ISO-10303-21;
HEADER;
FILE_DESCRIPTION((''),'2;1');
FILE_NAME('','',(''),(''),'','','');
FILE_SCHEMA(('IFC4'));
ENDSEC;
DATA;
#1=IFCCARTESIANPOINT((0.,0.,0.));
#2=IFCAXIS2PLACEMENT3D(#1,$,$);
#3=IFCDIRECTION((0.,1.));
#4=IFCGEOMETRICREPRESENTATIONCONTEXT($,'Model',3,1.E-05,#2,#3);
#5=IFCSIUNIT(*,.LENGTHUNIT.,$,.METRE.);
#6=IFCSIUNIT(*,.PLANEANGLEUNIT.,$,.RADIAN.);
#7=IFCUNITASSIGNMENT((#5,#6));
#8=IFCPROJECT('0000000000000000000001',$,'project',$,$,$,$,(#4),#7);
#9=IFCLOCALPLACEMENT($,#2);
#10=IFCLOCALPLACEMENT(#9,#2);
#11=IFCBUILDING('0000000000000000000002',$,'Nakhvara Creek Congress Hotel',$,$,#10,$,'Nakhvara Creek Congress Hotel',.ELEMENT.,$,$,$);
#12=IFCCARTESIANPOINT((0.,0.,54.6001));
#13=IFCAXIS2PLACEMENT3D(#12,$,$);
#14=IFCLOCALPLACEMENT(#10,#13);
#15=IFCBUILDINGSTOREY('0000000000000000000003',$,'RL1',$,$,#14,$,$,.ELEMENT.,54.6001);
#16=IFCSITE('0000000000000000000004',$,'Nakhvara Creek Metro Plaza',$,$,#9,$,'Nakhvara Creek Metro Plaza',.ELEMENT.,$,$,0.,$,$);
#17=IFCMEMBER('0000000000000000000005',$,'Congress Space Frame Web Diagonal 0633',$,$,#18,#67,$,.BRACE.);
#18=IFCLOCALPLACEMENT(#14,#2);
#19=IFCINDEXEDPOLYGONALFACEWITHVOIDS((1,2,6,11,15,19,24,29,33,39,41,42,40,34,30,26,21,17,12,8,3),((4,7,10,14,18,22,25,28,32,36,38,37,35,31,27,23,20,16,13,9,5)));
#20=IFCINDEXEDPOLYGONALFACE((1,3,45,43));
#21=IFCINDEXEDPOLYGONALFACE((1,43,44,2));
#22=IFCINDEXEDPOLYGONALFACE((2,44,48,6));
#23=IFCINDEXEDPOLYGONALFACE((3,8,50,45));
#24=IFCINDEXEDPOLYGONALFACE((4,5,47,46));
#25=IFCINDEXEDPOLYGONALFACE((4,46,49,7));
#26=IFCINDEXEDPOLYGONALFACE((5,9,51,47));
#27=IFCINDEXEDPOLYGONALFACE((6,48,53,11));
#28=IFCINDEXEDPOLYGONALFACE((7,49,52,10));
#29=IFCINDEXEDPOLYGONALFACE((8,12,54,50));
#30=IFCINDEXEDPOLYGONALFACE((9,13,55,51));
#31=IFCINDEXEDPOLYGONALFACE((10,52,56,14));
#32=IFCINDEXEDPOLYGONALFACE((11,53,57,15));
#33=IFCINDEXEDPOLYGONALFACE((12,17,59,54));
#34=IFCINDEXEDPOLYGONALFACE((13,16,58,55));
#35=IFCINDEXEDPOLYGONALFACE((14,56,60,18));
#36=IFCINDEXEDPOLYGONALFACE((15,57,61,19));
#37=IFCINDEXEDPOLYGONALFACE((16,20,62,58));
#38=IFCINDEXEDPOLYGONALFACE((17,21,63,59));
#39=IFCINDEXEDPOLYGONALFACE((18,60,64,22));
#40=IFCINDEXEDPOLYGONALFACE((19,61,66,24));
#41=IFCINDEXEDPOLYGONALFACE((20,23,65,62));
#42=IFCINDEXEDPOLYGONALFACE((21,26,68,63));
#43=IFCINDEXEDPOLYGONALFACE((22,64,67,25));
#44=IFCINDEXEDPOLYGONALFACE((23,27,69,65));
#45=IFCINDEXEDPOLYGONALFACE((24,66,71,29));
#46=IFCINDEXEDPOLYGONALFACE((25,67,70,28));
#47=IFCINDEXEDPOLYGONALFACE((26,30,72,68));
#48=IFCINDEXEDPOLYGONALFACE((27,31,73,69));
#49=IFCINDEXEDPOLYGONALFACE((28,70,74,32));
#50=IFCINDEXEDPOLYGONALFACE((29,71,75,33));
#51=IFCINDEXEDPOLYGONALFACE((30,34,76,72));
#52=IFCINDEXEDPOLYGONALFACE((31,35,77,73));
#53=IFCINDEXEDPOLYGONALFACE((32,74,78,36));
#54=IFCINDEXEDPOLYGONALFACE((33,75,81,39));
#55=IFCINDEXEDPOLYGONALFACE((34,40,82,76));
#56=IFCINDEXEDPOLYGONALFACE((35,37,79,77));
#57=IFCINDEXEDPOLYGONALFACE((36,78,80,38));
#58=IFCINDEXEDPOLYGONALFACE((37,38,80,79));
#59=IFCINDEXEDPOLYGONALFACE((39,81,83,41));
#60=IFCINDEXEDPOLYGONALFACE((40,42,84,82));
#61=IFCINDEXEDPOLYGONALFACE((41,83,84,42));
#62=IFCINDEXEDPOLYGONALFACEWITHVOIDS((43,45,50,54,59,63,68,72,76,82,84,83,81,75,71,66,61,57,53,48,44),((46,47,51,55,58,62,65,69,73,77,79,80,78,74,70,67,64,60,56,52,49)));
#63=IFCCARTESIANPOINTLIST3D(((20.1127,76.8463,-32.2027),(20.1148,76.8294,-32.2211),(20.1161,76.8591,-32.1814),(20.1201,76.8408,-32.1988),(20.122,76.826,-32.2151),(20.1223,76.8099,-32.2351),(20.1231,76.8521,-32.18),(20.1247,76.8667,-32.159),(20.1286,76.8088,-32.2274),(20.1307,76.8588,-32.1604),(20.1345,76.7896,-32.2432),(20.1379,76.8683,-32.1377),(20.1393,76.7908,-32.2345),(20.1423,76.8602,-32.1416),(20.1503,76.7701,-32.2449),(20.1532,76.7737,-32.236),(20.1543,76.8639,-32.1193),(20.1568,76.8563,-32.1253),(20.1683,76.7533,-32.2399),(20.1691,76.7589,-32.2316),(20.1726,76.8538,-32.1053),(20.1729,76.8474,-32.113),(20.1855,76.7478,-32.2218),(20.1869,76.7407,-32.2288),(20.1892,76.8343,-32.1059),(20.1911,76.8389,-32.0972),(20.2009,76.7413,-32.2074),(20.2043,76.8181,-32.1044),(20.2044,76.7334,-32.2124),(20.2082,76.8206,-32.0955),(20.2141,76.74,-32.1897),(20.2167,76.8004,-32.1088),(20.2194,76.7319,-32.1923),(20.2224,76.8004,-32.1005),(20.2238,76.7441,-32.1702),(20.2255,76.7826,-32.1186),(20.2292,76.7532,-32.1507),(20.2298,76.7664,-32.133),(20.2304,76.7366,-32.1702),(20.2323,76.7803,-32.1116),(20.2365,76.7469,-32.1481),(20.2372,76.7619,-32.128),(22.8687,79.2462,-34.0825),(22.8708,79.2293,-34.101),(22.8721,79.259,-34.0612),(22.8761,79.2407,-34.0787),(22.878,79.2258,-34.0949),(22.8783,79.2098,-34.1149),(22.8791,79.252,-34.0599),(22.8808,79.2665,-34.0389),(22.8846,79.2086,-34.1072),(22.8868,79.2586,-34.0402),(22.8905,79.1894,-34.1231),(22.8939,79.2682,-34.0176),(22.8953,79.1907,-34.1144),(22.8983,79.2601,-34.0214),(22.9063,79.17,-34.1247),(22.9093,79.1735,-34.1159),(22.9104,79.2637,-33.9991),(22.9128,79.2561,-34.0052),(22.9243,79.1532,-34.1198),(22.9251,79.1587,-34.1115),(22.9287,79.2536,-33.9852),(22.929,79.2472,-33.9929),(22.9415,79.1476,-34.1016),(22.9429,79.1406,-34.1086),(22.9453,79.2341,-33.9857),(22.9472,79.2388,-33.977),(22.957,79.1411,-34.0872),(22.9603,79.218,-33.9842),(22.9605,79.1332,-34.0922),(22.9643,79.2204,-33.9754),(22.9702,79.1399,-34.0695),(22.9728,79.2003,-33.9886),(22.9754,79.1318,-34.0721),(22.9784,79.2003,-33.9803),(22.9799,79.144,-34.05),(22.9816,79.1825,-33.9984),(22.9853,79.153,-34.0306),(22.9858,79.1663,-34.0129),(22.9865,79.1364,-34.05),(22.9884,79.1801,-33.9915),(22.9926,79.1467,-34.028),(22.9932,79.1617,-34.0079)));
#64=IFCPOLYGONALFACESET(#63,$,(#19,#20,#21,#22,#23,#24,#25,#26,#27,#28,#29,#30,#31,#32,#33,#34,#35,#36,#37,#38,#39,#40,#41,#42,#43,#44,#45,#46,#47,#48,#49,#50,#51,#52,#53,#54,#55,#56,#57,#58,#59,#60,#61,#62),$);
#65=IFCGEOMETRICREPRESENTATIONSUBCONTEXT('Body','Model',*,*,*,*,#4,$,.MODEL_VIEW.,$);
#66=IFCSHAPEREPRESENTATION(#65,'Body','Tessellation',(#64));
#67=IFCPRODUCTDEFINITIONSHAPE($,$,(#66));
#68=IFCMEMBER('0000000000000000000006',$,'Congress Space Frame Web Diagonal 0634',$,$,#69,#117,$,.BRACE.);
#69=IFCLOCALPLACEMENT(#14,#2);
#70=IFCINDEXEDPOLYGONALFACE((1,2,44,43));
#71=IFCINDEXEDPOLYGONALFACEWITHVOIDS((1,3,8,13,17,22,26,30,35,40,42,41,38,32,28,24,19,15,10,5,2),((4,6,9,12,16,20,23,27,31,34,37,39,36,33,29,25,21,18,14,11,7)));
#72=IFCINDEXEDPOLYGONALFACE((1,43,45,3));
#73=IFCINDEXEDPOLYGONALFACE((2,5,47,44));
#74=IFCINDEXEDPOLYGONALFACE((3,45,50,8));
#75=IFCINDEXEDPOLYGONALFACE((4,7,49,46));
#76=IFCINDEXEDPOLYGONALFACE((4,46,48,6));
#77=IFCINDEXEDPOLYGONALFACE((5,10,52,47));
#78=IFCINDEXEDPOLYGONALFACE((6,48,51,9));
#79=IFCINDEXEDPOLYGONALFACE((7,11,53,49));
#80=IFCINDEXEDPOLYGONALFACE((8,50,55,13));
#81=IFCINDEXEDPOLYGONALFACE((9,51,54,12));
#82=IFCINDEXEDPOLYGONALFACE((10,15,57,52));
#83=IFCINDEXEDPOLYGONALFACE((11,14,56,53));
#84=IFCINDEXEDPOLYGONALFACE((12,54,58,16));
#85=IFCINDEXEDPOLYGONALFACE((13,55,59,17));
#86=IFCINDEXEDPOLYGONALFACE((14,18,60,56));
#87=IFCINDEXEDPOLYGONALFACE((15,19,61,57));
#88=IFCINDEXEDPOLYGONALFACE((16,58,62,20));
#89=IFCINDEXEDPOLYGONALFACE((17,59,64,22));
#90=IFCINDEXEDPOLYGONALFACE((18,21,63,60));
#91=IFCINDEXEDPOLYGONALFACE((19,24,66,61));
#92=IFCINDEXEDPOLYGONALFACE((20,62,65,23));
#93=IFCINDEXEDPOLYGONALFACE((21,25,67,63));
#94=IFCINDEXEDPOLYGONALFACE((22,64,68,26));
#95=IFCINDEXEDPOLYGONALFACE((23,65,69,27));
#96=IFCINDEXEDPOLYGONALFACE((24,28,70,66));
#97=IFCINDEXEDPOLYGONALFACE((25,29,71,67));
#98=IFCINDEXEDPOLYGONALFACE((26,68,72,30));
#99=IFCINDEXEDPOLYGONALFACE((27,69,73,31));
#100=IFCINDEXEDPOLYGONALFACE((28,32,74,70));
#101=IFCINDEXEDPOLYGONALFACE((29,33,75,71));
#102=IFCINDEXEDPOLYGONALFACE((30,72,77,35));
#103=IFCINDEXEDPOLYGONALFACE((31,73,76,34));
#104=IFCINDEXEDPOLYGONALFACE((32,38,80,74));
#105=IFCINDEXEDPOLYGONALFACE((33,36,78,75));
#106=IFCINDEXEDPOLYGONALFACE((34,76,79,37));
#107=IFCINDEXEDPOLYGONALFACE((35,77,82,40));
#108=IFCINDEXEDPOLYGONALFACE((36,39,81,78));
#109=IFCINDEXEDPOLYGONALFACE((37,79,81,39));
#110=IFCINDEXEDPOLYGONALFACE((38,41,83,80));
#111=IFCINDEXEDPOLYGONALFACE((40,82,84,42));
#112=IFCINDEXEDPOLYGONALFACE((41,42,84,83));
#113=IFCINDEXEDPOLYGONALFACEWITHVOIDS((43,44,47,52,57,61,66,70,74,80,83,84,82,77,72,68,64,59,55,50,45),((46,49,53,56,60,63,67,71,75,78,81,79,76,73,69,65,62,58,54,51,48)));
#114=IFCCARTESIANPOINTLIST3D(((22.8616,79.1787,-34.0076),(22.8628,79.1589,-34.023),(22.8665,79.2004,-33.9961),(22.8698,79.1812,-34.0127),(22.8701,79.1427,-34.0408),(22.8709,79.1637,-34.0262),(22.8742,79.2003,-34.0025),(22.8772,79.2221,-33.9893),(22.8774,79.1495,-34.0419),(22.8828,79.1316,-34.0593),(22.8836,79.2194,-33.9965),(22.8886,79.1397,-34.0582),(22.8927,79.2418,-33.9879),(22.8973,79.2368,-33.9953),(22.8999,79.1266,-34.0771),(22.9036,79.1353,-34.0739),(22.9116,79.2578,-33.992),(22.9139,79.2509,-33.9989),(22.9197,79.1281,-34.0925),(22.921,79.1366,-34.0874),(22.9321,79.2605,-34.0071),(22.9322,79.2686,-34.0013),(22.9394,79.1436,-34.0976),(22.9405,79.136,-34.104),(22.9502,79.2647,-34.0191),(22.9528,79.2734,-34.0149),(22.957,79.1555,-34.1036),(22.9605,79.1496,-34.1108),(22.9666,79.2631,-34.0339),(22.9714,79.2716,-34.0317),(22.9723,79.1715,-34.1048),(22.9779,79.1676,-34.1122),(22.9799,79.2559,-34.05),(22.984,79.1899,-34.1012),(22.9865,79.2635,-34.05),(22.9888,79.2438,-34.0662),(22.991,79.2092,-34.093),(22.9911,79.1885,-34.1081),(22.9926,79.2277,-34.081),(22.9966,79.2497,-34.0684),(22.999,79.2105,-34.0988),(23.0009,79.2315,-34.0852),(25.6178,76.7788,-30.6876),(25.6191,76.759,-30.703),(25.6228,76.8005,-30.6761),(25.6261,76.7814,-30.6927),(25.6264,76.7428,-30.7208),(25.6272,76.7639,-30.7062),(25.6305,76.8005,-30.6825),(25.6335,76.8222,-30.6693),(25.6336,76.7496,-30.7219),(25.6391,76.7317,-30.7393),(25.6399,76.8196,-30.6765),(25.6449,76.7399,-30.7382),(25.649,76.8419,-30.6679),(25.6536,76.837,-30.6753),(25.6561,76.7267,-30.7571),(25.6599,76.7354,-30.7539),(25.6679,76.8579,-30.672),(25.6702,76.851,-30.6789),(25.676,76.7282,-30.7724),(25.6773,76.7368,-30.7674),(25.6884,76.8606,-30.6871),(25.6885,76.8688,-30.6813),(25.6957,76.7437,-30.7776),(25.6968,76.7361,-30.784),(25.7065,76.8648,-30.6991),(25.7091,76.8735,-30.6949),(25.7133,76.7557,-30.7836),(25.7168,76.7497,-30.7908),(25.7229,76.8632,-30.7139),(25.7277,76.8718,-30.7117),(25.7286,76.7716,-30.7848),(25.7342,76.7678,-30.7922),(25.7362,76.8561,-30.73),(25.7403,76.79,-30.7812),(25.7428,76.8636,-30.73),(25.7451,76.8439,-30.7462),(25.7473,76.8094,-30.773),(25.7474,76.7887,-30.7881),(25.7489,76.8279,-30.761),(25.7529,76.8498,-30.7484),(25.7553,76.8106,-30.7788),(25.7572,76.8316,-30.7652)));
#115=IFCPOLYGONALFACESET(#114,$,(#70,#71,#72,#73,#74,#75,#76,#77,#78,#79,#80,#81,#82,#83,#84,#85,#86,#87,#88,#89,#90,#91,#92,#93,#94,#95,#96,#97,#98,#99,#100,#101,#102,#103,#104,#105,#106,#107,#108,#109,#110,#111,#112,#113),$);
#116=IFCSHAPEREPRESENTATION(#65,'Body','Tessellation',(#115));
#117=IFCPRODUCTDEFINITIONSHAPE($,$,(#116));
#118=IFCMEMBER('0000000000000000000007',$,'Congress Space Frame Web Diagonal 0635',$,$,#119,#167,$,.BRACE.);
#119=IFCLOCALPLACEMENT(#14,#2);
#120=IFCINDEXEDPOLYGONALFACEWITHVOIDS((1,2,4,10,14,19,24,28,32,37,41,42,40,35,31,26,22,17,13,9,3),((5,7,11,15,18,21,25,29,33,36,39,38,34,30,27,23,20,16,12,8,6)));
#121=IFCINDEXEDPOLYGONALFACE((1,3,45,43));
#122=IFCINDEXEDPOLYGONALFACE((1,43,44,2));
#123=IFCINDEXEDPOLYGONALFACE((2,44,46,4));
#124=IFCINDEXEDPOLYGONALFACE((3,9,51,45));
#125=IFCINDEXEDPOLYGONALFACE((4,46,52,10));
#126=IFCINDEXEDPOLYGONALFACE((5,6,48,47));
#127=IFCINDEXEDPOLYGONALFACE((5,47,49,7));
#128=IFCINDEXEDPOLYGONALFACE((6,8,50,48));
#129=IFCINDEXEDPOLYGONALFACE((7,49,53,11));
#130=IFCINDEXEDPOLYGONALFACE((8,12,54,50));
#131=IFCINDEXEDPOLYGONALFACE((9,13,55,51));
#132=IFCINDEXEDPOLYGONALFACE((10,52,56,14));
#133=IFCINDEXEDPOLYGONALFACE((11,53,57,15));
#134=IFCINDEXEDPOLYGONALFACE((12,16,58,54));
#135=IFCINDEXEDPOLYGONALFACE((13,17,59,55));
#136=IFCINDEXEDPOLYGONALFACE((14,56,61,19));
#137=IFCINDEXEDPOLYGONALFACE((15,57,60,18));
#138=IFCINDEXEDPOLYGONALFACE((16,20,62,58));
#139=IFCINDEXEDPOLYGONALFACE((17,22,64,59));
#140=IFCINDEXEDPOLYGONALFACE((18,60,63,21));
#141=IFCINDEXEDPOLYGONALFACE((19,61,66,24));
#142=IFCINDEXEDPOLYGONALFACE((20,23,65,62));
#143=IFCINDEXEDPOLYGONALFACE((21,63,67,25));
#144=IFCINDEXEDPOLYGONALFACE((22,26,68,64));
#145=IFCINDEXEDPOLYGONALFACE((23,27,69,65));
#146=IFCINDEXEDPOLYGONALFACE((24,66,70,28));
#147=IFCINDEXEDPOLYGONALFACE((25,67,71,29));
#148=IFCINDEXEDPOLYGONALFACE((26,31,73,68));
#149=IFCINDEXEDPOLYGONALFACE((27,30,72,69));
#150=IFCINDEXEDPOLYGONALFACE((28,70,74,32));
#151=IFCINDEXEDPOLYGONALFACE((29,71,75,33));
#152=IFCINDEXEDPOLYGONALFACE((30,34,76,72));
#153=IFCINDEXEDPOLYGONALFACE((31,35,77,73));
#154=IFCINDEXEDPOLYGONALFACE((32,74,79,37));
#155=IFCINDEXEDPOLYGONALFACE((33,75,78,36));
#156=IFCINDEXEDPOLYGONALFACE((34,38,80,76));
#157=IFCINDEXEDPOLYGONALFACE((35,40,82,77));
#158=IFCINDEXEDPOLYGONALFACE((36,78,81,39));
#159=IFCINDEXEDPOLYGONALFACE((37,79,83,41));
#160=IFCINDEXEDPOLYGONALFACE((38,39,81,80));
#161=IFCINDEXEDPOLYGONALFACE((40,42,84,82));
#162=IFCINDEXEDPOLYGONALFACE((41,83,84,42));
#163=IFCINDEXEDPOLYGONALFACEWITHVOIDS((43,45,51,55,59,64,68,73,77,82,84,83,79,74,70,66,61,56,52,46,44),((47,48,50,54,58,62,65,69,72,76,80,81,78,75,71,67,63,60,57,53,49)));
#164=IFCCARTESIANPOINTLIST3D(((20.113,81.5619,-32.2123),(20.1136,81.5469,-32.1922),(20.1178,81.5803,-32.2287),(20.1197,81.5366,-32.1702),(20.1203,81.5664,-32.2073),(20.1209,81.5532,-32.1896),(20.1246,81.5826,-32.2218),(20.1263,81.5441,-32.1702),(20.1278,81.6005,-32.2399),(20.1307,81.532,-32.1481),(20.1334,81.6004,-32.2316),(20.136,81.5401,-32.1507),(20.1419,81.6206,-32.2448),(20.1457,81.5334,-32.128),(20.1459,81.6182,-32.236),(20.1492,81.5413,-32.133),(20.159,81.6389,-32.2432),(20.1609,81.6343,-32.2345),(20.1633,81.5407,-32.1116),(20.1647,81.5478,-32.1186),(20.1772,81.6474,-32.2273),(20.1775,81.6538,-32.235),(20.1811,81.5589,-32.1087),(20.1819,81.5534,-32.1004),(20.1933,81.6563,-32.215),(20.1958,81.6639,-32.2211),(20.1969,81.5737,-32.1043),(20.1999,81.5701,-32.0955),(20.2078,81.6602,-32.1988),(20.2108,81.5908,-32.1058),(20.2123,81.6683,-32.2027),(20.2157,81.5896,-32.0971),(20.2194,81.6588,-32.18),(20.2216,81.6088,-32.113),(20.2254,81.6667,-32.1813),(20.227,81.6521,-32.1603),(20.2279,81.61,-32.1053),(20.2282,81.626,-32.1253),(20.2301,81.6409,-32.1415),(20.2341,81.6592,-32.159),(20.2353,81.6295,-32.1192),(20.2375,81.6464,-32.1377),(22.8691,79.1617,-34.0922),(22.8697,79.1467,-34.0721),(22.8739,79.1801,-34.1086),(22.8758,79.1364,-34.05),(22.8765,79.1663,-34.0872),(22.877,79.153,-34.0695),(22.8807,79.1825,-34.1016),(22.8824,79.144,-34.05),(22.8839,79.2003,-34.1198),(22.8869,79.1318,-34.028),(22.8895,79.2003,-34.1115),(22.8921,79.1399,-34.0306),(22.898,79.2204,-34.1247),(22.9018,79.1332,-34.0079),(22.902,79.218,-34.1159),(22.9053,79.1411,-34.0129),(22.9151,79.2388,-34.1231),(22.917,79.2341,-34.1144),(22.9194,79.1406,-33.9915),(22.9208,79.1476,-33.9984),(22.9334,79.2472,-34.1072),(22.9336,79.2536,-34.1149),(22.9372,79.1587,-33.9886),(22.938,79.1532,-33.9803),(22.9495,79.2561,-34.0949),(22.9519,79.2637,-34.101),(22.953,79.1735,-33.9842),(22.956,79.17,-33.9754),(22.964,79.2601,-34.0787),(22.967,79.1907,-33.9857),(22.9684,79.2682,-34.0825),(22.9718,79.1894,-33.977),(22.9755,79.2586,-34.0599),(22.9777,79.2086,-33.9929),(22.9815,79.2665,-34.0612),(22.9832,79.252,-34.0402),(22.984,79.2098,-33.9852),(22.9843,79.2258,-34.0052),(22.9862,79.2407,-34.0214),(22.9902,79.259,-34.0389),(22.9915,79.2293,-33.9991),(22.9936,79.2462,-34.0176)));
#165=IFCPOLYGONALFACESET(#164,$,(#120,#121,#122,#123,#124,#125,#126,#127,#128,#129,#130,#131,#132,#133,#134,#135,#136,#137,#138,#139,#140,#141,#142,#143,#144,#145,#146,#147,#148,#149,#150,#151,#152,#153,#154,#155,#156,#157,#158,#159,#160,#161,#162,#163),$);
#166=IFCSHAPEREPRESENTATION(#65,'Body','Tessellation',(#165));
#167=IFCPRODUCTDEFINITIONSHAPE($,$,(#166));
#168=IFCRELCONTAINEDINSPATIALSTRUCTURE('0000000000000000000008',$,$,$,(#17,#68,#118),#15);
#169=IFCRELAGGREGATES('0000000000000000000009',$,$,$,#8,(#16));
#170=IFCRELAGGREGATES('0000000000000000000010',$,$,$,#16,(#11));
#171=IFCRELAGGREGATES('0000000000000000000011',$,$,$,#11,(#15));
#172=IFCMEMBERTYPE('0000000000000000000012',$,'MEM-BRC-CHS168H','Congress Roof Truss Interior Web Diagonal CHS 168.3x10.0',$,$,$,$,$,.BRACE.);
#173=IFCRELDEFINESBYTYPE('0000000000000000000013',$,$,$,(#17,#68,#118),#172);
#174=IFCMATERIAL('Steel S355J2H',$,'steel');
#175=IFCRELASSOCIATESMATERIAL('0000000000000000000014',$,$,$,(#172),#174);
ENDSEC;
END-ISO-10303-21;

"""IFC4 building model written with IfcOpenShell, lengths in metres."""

from ifc_helpers import new_model, si_unit, direction, frame, origin, origin_2d, place, context, subcontext, project, spatial, hollow_circle, extrude, material, material_profile, profile_set, type_object, element, save


model = new_model("IFC4")

# Units and contexts
model_context = context("Model", 3, precision=1e-05, world=origin(), true_north=direction((0.0, 1.0)))
body_context = subcontext(model_context, "Body", "Model", "MODEL_VIEW")
ifc_project = project(units=[si_unit("LENGTHUNIT", "METRE"), si_unit("PLANEANGLEUNIT", "RADIAN")], contexts=[model_context])

# Site, building, storey
site_placement = place(None, origin())
site = spatial("IfcSite", under=ifc_project, at=site_placement, Name="Nakhvara Creek Metro Plaza", LongName="Nakhvara Creek Metro Plaza", CompositionType="ELEMENT", RefElevation=0.0)
building_placement = place(site_placement, origin())
building = spatial("IfcBuilding", under=site, at=building_placement, Name="Nakhvara Creek Congress Hotel", LongName="Nakhvara Creek Congress Hotel", CompositionType="ELEMENT")
storey_placement = place(building_placement, frame((0.0, 0.0, 54.6001)))
storey = spatial("IfcBuildingStorey", under=building, at=storey_placement, Name="RL1", CompositionType="ELEMENT", Elevation=54.6001)

# Members
ifc_material_1 = material(Name="Steel S355J2H", Category="steel")
ifc_material_profile_1 = material_profile(ifc_material_1, hollow_circle(Radius=0.0842, WallThickness=0.01, at=origin_2d()), Name="CHS 168.3x10.0", Category="LoadBearing")
ifc_profile_set_1 = profile_set([ifc_material_profile_1], Name="Steel S355J2H")
member_type_1 = type_object("IfcMemberType", Name="MEM-BRC-CHS168H", Description="Congress Roof Truss Interior Web Diagonal CHS 168.3x10.0", PredefinedType="BRACE", material=ifc_profile_set_1)
member_1_placement = place(storey_placement, frame((22.9312, 79.2, -34.05), z_axis=(-0.670634, -0.583961, 0.457426), x_axis=(0.656691, -0.75416, 0.0)))
element("IfcMember", 1, at=member_1_placement, inside=storey, type_object=member_type_1, Name="Congress Space Frame Web Diagonal 0633", PredefinedType="BRACE", context=body_context, shape_type="SweptSolid", body=[
    extrude(hollow_circle(Radius=0.0842, WallThickness=0.01, at=origin_2d()), origin(), (0.0, 0.0, 1.0), 4.1096),
])
member_2_placement = place(storey_placement, frame((22.9312, 79.2, -34.05), z_axis=(0.558237, -0.486047, 0.672406), x_axis=(0.656658, 0.754188, 0.0)))
element("IfcMember", 2, at=member_2_placement, inside=storey, type_object=member_type_1, Name="Congress Space Frame Web Diagonal 0634", PredefinedType="BRACE", context=body_context, shape_type="SweptSolid", body=[
    extrude(hollow_circle(Radius=0.0842, WallThickness=0.01, at=origin_2d()), origin(), (0.0, 0.0, 1.0), 4.9375),
])
member_3_placement = place(storey_placement, frame((22.9312, 79.2, -34.05), z_axis=(-0.670611, 0.584, 0.45741), x_axis=(-0.656729, -0.754126, 0.0)))
element("IfcMember", 3, at=member_3_placement, inside=storey, type_object=member_type_1, Name="Congress Space Frame Web Diagonal 0635", PredefinedType="BRACE", context=body_context, shape_type="SweptSolid", body=[
    extrude(hollow_circle(Radius=0.0842, WallThickness=0.01, at=origin_2d()), origin(), (0.0, 0.0, 1.0), 4.1099),
])

save(model, "model.ifc")
